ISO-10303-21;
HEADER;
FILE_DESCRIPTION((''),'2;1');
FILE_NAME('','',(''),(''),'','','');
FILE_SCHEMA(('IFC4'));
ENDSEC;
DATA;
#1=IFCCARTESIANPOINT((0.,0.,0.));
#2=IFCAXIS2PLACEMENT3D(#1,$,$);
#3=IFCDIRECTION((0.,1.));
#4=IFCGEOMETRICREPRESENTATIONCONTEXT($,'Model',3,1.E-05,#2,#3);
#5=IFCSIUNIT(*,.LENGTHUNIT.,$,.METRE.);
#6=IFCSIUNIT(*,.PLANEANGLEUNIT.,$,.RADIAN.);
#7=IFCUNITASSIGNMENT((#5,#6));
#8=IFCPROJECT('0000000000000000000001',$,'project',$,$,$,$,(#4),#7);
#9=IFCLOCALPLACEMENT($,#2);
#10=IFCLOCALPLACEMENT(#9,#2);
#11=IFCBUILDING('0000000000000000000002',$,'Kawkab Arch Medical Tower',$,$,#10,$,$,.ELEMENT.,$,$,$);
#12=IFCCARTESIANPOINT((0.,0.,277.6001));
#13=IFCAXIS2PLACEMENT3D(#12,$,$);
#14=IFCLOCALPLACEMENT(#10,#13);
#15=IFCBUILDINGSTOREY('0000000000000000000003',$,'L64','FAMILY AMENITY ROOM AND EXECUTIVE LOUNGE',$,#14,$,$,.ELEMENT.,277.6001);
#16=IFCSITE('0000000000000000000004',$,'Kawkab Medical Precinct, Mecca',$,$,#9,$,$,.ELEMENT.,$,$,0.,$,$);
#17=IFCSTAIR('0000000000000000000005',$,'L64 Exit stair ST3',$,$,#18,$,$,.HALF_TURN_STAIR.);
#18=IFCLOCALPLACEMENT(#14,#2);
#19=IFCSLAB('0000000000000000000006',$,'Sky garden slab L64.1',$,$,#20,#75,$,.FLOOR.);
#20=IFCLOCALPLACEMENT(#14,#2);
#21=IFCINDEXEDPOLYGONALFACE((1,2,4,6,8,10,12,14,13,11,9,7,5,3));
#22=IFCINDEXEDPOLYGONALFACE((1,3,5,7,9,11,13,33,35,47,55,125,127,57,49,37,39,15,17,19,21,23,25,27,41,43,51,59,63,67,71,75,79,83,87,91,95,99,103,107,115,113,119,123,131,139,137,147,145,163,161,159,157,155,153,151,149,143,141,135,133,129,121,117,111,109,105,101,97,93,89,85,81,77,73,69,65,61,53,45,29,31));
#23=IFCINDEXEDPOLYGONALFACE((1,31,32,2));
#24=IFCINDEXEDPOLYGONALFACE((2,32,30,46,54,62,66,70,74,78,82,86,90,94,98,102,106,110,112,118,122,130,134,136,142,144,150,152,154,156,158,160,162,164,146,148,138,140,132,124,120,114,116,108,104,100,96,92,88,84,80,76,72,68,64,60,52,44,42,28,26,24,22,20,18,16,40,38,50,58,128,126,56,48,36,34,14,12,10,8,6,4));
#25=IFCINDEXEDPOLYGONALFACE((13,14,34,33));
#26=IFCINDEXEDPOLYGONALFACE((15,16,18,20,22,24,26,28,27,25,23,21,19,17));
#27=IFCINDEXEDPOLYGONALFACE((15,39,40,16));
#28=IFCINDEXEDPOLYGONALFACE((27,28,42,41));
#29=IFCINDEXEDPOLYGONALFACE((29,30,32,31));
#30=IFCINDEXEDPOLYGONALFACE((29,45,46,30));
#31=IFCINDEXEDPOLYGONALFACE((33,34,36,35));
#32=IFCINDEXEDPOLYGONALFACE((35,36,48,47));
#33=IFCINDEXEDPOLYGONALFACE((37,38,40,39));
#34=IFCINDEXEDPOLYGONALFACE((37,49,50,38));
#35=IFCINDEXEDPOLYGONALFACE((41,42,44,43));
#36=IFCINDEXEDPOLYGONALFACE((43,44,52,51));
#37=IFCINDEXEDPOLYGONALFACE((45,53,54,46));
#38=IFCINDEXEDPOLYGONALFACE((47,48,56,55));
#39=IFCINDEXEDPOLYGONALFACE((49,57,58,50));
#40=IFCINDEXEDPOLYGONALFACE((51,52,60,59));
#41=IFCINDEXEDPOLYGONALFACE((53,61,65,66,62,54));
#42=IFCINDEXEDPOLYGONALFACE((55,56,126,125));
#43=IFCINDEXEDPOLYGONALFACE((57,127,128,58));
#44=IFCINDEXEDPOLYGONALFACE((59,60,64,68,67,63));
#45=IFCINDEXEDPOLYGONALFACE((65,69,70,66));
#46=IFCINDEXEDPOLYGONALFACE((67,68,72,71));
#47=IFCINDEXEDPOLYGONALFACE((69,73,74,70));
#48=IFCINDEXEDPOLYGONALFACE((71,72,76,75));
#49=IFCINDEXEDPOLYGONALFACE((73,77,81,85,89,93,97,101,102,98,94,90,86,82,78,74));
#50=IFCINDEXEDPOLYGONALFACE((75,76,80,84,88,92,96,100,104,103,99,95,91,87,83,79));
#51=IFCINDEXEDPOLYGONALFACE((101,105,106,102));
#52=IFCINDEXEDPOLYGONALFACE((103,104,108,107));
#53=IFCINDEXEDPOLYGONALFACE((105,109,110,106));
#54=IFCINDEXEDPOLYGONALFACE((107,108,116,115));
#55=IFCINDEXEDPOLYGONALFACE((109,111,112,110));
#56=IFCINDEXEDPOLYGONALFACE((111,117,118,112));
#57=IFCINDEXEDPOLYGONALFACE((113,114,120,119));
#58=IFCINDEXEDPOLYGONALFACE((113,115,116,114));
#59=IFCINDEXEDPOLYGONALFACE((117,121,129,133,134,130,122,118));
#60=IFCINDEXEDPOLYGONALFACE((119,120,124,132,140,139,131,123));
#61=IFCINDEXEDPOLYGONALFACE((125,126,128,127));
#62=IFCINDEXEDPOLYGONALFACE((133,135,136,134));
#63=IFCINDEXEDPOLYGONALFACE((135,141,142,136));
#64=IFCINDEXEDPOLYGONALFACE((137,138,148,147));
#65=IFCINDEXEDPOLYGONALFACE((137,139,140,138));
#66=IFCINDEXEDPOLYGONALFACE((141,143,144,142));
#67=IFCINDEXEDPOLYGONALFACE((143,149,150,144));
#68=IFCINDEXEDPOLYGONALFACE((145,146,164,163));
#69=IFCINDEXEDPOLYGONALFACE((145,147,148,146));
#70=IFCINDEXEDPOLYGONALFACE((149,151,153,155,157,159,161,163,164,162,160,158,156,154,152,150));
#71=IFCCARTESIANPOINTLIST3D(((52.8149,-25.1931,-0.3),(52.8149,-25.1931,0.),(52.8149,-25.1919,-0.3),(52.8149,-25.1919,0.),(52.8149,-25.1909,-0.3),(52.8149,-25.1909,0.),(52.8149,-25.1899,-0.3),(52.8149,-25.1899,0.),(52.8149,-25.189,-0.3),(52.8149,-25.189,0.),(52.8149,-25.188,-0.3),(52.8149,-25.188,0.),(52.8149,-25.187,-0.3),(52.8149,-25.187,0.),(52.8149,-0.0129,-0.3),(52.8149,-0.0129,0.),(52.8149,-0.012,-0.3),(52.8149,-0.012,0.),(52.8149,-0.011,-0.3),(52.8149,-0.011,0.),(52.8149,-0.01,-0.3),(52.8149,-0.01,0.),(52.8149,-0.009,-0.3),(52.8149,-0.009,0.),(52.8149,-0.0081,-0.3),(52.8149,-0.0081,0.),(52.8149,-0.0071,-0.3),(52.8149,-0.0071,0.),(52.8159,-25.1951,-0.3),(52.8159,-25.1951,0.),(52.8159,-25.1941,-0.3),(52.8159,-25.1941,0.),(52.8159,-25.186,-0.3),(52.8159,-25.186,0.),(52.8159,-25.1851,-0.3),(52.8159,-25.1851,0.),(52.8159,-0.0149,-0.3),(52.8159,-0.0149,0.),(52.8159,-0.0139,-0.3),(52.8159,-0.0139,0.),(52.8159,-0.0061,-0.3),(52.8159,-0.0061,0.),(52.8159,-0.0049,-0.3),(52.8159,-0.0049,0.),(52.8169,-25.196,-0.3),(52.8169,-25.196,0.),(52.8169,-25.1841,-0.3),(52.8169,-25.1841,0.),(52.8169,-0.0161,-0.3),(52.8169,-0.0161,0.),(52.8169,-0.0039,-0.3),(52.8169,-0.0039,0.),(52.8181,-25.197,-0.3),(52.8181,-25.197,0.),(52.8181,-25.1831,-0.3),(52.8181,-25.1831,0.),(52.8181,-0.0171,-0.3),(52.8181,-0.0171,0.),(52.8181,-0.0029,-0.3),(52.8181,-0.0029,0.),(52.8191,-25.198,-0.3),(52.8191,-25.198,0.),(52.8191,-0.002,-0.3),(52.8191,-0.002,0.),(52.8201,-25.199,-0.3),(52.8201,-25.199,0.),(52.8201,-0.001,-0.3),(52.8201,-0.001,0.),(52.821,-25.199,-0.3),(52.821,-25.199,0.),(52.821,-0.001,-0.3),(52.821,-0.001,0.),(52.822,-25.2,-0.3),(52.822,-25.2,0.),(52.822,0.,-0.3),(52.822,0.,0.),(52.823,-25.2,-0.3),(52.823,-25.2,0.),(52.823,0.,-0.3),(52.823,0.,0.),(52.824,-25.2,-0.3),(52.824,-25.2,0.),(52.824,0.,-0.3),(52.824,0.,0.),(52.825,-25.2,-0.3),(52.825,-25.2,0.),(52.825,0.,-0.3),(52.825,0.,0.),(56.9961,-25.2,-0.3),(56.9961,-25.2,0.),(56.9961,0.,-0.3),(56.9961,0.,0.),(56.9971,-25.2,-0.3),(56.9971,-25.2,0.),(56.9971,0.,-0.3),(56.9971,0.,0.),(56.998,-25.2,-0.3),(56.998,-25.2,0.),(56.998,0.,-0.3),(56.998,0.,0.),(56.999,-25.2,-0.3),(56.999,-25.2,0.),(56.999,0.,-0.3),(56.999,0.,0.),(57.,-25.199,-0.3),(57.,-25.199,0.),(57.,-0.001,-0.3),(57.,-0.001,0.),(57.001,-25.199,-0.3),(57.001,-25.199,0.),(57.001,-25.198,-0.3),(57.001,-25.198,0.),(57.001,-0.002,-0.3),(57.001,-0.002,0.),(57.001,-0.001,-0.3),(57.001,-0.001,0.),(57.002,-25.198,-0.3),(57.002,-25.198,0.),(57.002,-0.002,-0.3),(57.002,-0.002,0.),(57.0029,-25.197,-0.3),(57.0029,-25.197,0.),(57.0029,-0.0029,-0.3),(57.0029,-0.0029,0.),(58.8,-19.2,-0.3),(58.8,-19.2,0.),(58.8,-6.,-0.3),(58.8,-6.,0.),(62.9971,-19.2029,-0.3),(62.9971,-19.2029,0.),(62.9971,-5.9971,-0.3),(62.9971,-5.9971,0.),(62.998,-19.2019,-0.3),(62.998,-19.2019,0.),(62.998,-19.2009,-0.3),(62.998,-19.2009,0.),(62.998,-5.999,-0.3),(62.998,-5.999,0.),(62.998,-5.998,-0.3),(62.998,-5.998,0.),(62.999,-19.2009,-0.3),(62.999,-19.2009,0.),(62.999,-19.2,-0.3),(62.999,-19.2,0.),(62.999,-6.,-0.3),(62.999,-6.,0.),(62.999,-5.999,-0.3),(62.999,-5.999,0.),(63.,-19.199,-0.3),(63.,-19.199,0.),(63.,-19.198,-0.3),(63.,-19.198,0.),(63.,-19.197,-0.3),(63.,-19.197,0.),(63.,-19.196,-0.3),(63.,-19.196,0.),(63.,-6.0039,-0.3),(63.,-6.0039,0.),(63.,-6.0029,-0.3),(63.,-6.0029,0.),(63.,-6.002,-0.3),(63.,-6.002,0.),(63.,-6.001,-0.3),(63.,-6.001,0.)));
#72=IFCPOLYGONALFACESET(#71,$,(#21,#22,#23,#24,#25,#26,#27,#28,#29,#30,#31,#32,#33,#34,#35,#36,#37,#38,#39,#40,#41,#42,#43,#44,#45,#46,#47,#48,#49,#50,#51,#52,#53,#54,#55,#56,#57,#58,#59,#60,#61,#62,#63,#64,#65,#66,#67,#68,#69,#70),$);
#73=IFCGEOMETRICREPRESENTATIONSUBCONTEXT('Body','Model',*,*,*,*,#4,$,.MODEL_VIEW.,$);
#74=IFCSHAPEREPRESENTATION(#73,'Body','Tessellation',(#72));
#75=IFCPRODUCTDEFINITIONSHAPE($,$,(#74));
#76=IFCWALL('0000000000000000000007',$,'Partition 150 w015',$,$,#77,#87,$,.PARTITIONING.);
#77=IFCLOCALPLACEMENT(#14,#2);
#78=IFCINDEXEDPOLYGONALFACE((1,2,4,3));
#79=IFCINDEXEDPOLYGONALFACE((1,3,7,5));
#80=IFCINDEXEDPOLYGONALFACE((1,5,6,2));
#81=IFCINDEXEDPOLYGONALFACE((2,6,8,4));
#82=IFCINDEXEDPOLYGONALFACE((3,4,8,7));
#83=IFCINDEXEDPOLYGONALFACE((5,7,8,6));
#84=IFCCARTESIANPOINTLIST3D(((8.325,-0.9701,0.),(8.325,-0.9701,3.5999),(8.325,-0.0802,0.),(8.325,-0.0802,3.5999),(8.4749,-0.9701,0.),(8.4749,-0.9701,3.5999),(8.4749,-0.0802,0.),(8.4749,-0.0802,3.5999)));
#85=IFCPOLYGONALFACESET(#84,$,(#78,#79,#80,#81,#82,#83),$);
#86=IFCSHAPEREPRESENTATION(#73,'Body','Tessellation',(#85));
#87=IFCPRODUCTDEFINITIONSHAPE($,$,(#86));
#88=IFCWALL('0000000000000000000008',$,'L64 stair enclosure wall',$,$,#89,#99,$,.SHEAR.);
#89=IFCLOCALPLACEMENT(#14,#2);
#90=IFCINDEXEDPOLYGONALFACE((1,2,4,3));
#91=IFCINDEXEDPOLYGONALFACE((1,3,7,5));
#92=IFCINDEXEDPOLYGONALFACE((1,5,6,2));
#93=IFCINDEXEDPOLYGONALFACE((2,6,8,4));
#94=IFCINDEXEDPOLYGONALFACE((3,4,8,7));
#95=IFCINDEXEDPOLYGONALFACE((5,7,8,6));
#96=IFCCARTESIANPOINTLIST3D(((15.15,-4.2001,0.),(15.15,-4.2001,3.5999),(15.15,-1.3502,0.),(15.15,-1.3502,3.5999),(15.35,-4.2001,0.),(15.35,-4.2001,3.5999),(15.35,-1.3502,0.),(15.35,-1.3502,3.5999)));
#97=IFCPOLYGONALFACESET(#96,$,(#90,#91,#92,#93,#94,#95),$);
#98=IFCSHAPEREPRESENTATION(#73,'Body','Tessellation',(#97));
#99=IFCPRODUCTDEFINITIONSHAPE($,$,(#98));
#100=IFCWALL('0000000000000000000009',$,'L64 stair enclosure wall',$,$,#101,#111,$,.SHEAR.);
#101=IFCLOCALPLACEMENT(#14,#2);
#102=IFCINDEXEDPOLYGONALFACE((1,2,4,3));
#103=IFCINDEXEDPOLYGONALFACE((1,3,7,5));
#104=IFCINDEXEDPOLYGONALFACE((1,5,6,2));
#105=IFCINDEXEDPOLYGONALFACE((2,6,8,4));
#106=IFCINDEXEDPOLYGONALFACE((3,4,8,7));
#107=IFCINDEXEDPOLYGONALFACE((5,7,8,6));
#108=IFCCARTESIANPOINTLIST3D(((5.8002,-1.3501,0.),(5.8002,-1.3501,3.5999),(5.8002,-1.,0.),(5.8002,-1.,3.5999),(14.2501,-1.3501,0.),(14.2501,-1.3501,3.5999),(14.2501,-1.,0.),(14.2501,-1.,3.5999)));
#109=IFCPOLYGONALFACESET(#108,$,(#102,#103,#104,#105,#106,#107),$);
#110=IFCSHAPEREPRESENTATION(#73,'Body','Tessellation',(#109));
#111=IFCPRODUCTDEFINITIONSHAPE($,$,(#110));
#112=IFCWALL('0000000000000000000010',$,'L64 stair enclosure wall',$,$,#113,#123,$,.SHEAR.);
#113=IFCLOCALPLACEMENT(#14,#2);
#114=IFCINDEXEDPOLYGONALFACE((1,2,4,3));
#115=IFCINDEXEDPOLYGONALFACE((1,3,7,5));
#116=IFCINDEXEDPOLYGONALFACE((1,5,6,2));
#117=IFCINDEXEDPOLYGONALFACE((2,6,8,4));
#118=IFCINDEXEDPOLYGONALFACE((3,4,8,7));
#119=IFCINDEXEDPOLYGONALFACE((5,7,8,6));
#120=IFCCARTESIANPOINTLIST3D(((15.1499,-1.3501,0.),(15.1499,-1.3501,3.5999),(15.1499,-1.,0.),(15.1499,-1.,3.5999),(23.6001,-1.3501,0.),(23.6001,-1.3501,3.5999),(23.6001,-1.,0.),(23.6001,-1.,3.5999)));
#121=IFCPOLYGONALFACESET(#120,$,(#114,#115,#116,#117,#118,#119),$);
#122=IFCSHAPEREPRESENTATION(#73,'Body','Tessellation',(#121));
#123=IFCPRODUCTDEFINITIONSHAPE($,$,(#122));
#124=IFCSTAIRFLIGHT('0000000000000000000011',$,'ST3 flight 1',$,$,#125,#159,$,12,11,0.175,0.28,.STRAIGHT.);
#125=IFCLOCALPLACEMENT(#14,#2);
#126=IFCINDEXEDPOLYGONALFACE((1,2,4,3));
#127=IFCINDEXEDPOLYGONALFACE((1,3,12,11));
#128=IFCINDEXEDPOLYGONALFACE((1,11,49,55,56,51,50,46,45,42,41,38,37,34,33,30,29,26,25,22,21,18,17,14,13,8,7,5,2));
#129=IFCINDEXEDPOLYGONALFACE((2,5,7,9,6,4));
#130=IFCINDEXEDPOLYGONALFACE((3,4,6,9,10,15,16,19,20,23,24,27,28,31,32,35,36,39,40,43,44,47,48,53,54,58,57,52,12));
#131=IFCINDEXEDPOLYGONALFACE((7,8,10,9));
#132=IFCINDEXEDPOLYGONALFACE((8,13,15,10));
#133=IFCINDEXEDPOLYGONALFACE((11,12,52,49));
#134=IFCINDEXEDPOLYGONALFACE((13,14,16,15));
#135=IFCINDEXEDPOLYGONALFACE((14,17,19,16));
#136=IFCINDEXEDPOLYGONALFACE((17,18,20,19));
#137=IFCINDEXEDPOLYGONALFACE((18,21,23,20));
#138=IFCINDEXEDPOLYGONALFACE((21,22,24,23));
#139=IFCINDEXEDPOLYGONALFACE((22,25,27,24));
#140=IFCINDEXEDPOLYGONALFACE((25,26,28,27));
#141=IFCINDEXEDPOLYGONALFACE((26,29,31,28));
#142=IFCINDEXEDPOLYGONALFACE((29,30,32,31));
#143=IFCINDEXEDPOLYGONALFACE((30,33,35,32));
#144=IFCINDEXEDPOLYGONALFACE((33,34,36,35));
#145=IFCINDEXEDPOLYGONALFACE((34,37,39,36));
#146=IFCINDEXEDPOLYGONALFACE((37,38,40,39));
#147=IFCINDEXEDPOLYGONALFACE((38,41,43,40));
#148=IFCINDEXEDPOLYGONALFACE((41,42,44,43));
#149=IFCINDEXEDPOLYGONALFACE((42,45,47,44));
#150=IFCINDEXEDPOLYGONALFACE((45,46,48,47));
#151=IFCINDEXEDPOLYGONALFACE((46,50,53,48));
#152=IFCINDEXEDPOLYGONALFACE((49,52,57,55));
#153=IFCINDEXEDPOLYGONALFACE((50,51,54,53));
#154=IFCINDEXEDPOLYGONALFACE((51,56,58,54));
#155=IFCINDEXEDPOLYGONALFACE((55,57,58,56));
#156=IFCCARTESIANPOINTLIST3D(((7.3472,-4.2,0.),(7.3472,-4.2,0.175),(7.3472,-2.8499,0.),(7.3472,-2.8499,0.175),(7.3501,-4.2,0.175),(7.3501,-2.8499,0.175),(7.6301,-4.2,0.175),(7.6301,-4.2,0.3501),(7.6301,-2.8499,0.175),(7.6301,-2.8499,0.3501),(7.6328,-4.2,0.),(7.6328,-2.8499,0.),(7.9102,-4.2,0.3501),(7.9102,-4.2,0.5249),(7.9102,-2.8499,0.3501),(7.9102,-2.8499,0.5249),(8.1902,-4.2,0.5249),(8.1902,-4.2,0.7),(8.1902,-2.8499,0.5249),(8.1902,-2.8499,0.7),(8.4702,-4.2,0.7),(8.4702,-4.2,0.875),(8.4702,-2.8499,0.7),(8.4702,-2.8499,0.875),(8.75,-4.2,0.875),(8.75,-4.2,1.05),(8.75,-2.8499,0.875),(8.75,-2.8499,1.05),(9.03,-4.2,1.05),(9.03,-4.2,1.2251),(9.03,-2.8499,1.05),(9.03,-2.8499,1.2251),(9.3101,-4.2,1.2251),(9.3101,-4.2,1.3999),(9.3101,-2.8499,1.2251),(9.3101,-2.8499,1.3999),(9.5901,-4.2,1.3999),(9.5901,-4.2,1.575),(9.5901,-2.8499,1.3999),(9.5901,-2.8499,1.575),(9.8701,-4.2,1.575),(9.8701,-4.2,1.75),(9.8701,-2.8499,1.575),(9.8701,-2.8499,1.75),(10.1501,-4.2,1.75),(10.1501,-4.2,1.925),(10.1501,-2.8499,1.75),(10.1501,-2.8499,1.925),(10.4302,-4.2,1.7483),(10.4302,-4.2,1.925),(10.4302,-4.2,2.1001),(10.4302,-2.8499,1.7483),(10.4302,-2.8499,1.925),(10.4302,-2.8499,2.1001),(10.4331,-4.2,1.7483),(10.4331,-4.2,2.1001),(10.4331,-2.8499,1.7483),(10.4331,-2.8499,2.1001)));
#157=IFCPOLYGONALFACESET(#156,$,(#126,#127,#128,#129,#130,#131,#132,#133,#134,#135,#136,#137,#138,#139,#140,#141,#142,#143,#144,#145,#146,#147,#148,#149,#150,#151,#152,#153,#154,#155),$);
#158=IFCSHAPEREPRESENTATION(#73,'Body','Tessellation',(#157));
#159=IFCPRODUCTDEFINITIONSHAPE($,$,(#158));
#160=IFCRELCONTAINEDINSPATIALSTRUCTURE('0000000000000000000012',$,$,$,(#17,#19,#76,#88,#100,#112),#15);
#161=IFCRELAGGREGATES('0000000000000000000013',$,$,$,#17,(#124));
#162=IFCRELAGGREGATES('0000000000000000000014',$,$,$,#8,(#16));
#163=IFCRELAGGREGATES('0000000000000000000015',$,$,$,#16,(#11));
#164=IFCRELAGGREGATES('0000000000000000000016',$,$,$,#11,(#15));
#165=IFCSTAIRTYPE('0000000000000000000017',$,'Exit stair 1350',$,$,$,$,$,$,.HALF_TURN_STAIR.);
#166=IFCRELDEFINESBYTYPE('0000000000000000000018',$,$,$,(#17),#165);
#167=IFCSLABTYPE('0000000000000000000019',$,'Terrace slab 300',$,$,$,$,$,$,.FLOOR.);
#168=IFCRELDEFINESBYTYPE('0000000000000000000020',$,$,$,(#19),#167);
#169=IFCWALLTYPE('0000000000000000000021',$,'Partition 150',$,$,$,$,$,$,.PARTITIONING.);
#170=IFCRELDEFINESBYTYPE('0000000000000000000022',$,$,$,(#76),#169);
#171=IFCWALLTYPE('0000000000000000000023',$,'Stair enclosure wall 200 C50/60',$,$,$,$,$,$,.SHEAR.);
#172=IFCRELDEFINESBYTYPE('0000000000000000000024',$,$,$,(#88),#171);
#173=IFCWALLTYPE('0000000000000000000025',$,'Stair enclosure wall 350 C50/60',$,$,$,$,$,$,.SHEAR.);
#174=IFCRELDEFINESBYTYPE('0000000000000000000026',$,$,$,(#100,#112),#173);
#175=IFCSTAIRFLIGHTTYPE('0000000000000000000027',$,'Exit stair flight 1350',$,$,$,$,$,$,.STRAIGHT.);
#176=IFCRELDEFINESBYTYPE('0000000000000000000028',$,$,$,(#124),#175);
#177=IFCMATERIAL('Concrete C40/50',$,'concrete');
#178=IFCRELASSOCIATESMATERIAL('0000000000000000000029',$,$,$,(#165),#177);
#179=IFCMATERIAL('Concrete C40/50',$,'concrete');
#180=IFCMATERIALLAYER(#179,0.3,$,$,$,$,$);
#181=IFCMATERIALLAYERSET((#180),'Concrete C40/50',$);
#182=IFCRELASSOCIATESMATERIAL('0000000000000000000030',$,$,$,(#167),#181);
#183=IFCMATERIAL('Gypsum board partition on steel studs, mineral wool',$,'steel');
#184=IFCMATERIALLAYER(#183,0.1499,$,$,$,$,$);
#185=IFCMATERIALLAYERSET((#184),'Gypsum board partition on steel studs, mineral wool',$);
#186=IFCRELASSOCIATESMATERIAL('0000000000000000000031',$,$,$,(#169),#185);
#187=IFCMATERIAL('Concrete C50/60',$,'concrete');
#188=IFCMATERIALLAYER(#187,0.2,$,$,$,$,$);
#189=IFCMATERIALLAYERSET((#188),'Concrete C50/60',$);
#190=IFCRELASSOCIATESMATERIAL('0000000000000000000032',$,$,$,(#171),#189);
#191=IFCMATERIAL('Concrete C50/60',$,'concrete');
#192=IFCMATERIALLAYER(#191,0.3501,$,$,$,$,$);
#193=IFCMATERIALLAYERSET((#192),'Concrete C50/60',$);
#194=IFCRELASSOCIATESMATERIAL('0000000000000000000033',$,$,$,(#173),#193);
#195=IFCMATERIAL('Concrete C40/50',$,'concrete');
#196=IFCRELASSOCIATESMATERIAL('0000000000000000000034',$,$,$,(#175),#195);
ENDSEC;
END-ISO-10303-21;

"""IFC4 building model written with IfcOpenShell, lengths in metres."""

from ifc_helpers import new_model, si_unit, direction, frame, frame_2d, origin, place, context, subcontext, project, spatial, polyline, rectangle, outline, extrude, material, layer, layer_set, type_object, element, aggregate, save


model = new_model("IFC4")

# Units and contexts
model_context = context("Model", 3, precision=1e-05, world=origin(), true_north=direction((0.0, 1.0)))
body_context = subcontext(model_context, "Body", "Model", "MODEL_VIEW")
ifc_project = project(units=[si_unit("LENGTHUNIT", "METRE"), si_unit("PLANEANGLEUNIT", "RADIAN")], contexts=[model_context])

# Site, building, storey
site_placement = place(None, origin())
site = spatial("IfcSite", under=ifc_project, at=site_placement, Name="Kawkab Medical Precinct, Mecca", CompositionType="ELEMENT", RefElevation=0.0)
building_placement = place(site_placement, origin())
building = spatial("IfcBuilding", under=site, at=building_placement, Name="Kawkab Arch Medical Tower", CompositionType="ELEMENT")
storey_placement = place(building_placement, frame((0.0, 0.0, 277.6001)))
storey = spatial("IfcBuildingStorey", under=building, at=storey_placement, Name="L64", Description="FAMILY AMENITY ROOM AND EXECUTIVE LOUNGE", CompositionType="ELEMENT", Elevation=277.6001)

# Shared definitions
placement_1 = place(storey_placement, origin())

# Stair
ifc_material_1 = material(Name="Concrete C40/50", Category="concrete")
stair_type = type_object("IfcStairType", Name="Exit stair 1350", PredefinedType="HALF_TURN_STAIR", material=ifc_material_1)
stair_1 = element("IfcStair", 1, at=placement_1, inside=storey, type_object=stair_type, Name="L64 Exit stair ST3", PredefinedType="HALF_TURN_STAIR")

# Slab
ifc_material_2 = material(Name="Concrete C40/50", Category="concrete")
ifc_layer_1 = layer(ifc_material_2, 0.3)
ifc_layer_set_1 = layer_set([ifc_layer_1], Name="Concrete C40/50")
slab_type_1 = type_object("IfcSlabType", Name="Terrace slab 300", PredefinedType="FLOOR", material=ifc_layer_set_1)
placement_2 = place(storey_placement, frame((0.0, 0.0, -0.3)))
element("IfcSlab", 2, at=placement_2, inside=storey, type_object=slab_type_1, Name="Sky garden slab L64.1", PredefinedType="FLOOR", context=body_context, shape_type="SweptSolid", body=[
    extrude(outline(polyline([(56.998, 0.0), (56.9971, 0.0), (56.9961, 0.0), (52.825, 0.0), (52.824, 0.0), (52.823, 0.0), (52.822, 0.0), (52.821, -0.001), (52.8201, -0.001), (52.8191, -0.002), (52.8181, -0.0029), (52.8169, -0.0039), (52.8159, -0.0049), (52.8159, -0.0061), (52.8149, -0.0071), (52.8149, -0.0081), (52.8149, -0.009), (52.8149, -0.01), (52.8149, -0.011), (52.8149, -0.012), (52.8149, -0.0129), (52.8159, -0.0139), (52.8159, -0.0149), (52.8169, -0.0161), (52.8181, -0.0171), (58.8, -6.0), (58.8, -19.2), (52.8181, -25.1831), (52.8169, -25.1841), (52.8159, -25.1851), (52.8159, -25.186), (52.8149, -25.187), (52.8149, -25.188), (52.8149, -25.189), (52.8149, -25.1899), (52.8149, -25.1909), (52.8149, -25.1919), (52.8149, -25.1931), (52.8159, -25.1941), (52.8159, -25.1951), (52.8169, -25.196), (52.8181, -25.197), (52.8191, -25.198), (52.8201, -25.199), (52.821, -25.199), (52.822, -25.2), (52.823, -25.2), (52.824, -25.2), (52.825, -25.2), (56.9961, -25.2), (56.9971, -25.2), (56.998, -25.2), (56.999, -25.2), (57.0, -25.199), (57.001, -25.199), (57.001, -25.198), (57.002, -25.198), (57.0029, -25.197), (62.9971, -19.2029), (62.998, -19.2019), (62.998, -19.2009), (62.999, -19.2009), (62.999, -19.2), (63.0, -19.199), (63.0, -19.198), (63.0, -19.197), (63.0, -19.196), (63.0, -6.0039), (63.0, -6.0029), (63.0, -6.002), (63.0, -6.001), (62.999, -6.0), (62.999, -5.999), (62.998, -5.999), (62.998, -5.998), (62.9971, -5.9971), (57.0029, -0.0029), (57.002, -0.002), (57.001, -0.002), (57.001, -0.001), (57.0, -0.001), (56.999, 0.0), (56.998, 0.0)])), origin(), (0.0, 0.0, 1.0), 0.3),
])

# Walls
ifc_material_3 = material(Name="Gypsum board partition on steel studs, mineral wool", Category="steel")
ifc_layer_2 = layer(ifc_material_3, 0.1499)
ifc_layer_set_2 = layer_set([ifc_layer_2], Name="Gypsum board partition on steel studs, mineral wool")
wall_type_1 = type_object("IfcWallType", Name="Partition 150", PredefinedType="PARTITIONING", material=ifc_layer_set_2)
wall_1_placement = place(storey_placement, frame((8.3999, -0.97, 0.0), z_axis=(0.0, 0.0, 1.0), x_axis=(0.0, 1.0, 0.0)))
element("IfcWall", 3, at=wall_1_placement, inside=storey, type_object=wall_type_1, Name="Partition 150 w015", PredefinedType="PARTITIONING", context=body_context, shape_type="SweptSolid", body=[
    extrude(rectangle(XDim=0.8899, YDim=0.1499, at=frame_2d((0.4448, 0.0))), origin(), (0.0, 0.0, 1.0), 3.5999),
])
ifc_material_4 = material(Name="Concrete C50/60", Category="concrete")
ifc_layer_3 = layer(ifc_material_4, 0.2)
ifc_layer_set_3 = layer_set([ifc_layer_3], Name="Concrete C50/60")
wall_type_2 = type_object("IfcWallType", Name="Stair enclosure wall 200 C50/60", PredefinedType="SHEAR", material=ifc_layer_set_3)
wall_2_placement = place(storey_placement, frame((15.25, -4.2, 0.0), z_axis=(0.0, 0.0, 1.0), x_axis=(0.0, 1.0, 0.0)))
element("IfcWall", 4, at=wall_2_placement, inside=storey, type_object=wall_type_2, Name="L64 stair enclosure wall", PredefinedType="SHEAR", context=body_context, shape_type="SweptSolid", body=[
    extrude(rectangle(XDim=2.8499, YDim=0.2, at=frame_2d((1.4248, 0.0))), origin(), (0.0, 0.0, 1.0), 3.5999),
])
ifc_material_5 = material(Name="Concrete C50/60", Category="concrete")
ifc_layer_4 = layer(ifc_material_5, 0.3501)
ifc_layer_set_4 = layer_set([ifc_layer_4], Name="Concrete C50/60")
wall_type_3 = type_object("IfcWallType", Name="Stair enclosure wall 350 C50/60", PredefinedType="SHEAR", material=ifc_layer_set_4)
wall_3_placement = place(storey_placement, frame((5.8, -1.175, 0.0), z_axis=(0.0, 0.0, 1.0), x_axis=(1.0, 0.0, 0.0)))
element("IfcWall", 5, at=wall_3_placement, inside=storey, type_object=wall_type_3, Name="L64 stair enclosure wall", PredefinedType="SHEAR", context=body_context, shape_type="SweptSolid", body=[
    extrude(rectangle(XDim=8.45, YDim=0.3501, at=frame_2d((4.2251, 0.0))), origin(), (0.0, 0.0, 1.0), 3.5999),
])
wall_4_placement = place(storey_placement, frame((15.1499, -1.175, 0.0), z_axis=(0.0, 0.0, 1.0), x_axis=(1.0, 0.0, 0.0)))
element("IfcWall", 6, at=wall_4_placement, inside=storey, type_object=wall_type_3, Name="L64 stair enclosure wall", PredefinedType="SHEAR", context=body_context, shape_type="SweptSolid", body=[
    extrude(rectangle(XDim=8.4502, YDim=0.3501, at=frame_2d((4.2251, 0.0))), origin(), (0.0, 0.0, 1.0), 3.5999),
])

# Stair flight
ifc_material_6 = material(Name="Concrete C40/50", Category="concrete")
stair_flight_type = type_object("IfcStairFlightType", Name="Exit stair flight 1350", PredefinedType="STRAIGHT", material=ifc_material_6)
stair_flight_1_placement = place(storey_placement, frame((7.3501, -3.5249, 0.0), z_axis=(0.0, 0.0, 1.0), x_axis=(1.0, 0.0, 0.0)))
stair_flight_1 = element("IfcStairFlight", 7, at=stair_flight_1_placement, type_object=stair_flight_type, Name="ST3 flight 1", NumberOfRisers=12, NumberOfTreads=11, PredefinedType="STRAIGHT", RiserHeight=0.175, TreadLength=0.28, context=body_context, shape_type="SweptSolid", body=[
    extrude(outline(polyline([(-0.0029, 0.0), (-0.0029, 0.175), (0.0, 0.175), (0.28, 0.175), (0.28, 0.3501), (0.5601, 0.3501), (0.5601, 0.5249), (0.8401, 0.5249), (0.8401, 0.7), (1.1201, 0.7), (1.1201, 0.875), (1.3999, 0.875), (1.3999, 1.05), (1.6799, 1.05), (1.6799, 1.2251), (1.96, 1.2251), (1.96, 1.3999), (2.24, 1.3999), (2.24, 1.575), (2.52, 1.575), (2.52, 1.75), (2.8, 1.75), (2.8, 1.925), (3.0801, 1.925), (3.0801, 2.1001), (3.083, 2.1001), (3.083, 1.7483), (3.0801, 1.7483), (0.2827, 0.0), (-0.0029, 0.0)])), frame((0.0, 0.675, 0.0), z_axis=(0.0, -1.0, 0.0), x_axis=(1.0, 0.0, 0.0)), (0.0, 0.0, 1.0), 1.3501),
])
aggregate(stair_1, [stair_flight_1])

save(model, "model.ifc")
